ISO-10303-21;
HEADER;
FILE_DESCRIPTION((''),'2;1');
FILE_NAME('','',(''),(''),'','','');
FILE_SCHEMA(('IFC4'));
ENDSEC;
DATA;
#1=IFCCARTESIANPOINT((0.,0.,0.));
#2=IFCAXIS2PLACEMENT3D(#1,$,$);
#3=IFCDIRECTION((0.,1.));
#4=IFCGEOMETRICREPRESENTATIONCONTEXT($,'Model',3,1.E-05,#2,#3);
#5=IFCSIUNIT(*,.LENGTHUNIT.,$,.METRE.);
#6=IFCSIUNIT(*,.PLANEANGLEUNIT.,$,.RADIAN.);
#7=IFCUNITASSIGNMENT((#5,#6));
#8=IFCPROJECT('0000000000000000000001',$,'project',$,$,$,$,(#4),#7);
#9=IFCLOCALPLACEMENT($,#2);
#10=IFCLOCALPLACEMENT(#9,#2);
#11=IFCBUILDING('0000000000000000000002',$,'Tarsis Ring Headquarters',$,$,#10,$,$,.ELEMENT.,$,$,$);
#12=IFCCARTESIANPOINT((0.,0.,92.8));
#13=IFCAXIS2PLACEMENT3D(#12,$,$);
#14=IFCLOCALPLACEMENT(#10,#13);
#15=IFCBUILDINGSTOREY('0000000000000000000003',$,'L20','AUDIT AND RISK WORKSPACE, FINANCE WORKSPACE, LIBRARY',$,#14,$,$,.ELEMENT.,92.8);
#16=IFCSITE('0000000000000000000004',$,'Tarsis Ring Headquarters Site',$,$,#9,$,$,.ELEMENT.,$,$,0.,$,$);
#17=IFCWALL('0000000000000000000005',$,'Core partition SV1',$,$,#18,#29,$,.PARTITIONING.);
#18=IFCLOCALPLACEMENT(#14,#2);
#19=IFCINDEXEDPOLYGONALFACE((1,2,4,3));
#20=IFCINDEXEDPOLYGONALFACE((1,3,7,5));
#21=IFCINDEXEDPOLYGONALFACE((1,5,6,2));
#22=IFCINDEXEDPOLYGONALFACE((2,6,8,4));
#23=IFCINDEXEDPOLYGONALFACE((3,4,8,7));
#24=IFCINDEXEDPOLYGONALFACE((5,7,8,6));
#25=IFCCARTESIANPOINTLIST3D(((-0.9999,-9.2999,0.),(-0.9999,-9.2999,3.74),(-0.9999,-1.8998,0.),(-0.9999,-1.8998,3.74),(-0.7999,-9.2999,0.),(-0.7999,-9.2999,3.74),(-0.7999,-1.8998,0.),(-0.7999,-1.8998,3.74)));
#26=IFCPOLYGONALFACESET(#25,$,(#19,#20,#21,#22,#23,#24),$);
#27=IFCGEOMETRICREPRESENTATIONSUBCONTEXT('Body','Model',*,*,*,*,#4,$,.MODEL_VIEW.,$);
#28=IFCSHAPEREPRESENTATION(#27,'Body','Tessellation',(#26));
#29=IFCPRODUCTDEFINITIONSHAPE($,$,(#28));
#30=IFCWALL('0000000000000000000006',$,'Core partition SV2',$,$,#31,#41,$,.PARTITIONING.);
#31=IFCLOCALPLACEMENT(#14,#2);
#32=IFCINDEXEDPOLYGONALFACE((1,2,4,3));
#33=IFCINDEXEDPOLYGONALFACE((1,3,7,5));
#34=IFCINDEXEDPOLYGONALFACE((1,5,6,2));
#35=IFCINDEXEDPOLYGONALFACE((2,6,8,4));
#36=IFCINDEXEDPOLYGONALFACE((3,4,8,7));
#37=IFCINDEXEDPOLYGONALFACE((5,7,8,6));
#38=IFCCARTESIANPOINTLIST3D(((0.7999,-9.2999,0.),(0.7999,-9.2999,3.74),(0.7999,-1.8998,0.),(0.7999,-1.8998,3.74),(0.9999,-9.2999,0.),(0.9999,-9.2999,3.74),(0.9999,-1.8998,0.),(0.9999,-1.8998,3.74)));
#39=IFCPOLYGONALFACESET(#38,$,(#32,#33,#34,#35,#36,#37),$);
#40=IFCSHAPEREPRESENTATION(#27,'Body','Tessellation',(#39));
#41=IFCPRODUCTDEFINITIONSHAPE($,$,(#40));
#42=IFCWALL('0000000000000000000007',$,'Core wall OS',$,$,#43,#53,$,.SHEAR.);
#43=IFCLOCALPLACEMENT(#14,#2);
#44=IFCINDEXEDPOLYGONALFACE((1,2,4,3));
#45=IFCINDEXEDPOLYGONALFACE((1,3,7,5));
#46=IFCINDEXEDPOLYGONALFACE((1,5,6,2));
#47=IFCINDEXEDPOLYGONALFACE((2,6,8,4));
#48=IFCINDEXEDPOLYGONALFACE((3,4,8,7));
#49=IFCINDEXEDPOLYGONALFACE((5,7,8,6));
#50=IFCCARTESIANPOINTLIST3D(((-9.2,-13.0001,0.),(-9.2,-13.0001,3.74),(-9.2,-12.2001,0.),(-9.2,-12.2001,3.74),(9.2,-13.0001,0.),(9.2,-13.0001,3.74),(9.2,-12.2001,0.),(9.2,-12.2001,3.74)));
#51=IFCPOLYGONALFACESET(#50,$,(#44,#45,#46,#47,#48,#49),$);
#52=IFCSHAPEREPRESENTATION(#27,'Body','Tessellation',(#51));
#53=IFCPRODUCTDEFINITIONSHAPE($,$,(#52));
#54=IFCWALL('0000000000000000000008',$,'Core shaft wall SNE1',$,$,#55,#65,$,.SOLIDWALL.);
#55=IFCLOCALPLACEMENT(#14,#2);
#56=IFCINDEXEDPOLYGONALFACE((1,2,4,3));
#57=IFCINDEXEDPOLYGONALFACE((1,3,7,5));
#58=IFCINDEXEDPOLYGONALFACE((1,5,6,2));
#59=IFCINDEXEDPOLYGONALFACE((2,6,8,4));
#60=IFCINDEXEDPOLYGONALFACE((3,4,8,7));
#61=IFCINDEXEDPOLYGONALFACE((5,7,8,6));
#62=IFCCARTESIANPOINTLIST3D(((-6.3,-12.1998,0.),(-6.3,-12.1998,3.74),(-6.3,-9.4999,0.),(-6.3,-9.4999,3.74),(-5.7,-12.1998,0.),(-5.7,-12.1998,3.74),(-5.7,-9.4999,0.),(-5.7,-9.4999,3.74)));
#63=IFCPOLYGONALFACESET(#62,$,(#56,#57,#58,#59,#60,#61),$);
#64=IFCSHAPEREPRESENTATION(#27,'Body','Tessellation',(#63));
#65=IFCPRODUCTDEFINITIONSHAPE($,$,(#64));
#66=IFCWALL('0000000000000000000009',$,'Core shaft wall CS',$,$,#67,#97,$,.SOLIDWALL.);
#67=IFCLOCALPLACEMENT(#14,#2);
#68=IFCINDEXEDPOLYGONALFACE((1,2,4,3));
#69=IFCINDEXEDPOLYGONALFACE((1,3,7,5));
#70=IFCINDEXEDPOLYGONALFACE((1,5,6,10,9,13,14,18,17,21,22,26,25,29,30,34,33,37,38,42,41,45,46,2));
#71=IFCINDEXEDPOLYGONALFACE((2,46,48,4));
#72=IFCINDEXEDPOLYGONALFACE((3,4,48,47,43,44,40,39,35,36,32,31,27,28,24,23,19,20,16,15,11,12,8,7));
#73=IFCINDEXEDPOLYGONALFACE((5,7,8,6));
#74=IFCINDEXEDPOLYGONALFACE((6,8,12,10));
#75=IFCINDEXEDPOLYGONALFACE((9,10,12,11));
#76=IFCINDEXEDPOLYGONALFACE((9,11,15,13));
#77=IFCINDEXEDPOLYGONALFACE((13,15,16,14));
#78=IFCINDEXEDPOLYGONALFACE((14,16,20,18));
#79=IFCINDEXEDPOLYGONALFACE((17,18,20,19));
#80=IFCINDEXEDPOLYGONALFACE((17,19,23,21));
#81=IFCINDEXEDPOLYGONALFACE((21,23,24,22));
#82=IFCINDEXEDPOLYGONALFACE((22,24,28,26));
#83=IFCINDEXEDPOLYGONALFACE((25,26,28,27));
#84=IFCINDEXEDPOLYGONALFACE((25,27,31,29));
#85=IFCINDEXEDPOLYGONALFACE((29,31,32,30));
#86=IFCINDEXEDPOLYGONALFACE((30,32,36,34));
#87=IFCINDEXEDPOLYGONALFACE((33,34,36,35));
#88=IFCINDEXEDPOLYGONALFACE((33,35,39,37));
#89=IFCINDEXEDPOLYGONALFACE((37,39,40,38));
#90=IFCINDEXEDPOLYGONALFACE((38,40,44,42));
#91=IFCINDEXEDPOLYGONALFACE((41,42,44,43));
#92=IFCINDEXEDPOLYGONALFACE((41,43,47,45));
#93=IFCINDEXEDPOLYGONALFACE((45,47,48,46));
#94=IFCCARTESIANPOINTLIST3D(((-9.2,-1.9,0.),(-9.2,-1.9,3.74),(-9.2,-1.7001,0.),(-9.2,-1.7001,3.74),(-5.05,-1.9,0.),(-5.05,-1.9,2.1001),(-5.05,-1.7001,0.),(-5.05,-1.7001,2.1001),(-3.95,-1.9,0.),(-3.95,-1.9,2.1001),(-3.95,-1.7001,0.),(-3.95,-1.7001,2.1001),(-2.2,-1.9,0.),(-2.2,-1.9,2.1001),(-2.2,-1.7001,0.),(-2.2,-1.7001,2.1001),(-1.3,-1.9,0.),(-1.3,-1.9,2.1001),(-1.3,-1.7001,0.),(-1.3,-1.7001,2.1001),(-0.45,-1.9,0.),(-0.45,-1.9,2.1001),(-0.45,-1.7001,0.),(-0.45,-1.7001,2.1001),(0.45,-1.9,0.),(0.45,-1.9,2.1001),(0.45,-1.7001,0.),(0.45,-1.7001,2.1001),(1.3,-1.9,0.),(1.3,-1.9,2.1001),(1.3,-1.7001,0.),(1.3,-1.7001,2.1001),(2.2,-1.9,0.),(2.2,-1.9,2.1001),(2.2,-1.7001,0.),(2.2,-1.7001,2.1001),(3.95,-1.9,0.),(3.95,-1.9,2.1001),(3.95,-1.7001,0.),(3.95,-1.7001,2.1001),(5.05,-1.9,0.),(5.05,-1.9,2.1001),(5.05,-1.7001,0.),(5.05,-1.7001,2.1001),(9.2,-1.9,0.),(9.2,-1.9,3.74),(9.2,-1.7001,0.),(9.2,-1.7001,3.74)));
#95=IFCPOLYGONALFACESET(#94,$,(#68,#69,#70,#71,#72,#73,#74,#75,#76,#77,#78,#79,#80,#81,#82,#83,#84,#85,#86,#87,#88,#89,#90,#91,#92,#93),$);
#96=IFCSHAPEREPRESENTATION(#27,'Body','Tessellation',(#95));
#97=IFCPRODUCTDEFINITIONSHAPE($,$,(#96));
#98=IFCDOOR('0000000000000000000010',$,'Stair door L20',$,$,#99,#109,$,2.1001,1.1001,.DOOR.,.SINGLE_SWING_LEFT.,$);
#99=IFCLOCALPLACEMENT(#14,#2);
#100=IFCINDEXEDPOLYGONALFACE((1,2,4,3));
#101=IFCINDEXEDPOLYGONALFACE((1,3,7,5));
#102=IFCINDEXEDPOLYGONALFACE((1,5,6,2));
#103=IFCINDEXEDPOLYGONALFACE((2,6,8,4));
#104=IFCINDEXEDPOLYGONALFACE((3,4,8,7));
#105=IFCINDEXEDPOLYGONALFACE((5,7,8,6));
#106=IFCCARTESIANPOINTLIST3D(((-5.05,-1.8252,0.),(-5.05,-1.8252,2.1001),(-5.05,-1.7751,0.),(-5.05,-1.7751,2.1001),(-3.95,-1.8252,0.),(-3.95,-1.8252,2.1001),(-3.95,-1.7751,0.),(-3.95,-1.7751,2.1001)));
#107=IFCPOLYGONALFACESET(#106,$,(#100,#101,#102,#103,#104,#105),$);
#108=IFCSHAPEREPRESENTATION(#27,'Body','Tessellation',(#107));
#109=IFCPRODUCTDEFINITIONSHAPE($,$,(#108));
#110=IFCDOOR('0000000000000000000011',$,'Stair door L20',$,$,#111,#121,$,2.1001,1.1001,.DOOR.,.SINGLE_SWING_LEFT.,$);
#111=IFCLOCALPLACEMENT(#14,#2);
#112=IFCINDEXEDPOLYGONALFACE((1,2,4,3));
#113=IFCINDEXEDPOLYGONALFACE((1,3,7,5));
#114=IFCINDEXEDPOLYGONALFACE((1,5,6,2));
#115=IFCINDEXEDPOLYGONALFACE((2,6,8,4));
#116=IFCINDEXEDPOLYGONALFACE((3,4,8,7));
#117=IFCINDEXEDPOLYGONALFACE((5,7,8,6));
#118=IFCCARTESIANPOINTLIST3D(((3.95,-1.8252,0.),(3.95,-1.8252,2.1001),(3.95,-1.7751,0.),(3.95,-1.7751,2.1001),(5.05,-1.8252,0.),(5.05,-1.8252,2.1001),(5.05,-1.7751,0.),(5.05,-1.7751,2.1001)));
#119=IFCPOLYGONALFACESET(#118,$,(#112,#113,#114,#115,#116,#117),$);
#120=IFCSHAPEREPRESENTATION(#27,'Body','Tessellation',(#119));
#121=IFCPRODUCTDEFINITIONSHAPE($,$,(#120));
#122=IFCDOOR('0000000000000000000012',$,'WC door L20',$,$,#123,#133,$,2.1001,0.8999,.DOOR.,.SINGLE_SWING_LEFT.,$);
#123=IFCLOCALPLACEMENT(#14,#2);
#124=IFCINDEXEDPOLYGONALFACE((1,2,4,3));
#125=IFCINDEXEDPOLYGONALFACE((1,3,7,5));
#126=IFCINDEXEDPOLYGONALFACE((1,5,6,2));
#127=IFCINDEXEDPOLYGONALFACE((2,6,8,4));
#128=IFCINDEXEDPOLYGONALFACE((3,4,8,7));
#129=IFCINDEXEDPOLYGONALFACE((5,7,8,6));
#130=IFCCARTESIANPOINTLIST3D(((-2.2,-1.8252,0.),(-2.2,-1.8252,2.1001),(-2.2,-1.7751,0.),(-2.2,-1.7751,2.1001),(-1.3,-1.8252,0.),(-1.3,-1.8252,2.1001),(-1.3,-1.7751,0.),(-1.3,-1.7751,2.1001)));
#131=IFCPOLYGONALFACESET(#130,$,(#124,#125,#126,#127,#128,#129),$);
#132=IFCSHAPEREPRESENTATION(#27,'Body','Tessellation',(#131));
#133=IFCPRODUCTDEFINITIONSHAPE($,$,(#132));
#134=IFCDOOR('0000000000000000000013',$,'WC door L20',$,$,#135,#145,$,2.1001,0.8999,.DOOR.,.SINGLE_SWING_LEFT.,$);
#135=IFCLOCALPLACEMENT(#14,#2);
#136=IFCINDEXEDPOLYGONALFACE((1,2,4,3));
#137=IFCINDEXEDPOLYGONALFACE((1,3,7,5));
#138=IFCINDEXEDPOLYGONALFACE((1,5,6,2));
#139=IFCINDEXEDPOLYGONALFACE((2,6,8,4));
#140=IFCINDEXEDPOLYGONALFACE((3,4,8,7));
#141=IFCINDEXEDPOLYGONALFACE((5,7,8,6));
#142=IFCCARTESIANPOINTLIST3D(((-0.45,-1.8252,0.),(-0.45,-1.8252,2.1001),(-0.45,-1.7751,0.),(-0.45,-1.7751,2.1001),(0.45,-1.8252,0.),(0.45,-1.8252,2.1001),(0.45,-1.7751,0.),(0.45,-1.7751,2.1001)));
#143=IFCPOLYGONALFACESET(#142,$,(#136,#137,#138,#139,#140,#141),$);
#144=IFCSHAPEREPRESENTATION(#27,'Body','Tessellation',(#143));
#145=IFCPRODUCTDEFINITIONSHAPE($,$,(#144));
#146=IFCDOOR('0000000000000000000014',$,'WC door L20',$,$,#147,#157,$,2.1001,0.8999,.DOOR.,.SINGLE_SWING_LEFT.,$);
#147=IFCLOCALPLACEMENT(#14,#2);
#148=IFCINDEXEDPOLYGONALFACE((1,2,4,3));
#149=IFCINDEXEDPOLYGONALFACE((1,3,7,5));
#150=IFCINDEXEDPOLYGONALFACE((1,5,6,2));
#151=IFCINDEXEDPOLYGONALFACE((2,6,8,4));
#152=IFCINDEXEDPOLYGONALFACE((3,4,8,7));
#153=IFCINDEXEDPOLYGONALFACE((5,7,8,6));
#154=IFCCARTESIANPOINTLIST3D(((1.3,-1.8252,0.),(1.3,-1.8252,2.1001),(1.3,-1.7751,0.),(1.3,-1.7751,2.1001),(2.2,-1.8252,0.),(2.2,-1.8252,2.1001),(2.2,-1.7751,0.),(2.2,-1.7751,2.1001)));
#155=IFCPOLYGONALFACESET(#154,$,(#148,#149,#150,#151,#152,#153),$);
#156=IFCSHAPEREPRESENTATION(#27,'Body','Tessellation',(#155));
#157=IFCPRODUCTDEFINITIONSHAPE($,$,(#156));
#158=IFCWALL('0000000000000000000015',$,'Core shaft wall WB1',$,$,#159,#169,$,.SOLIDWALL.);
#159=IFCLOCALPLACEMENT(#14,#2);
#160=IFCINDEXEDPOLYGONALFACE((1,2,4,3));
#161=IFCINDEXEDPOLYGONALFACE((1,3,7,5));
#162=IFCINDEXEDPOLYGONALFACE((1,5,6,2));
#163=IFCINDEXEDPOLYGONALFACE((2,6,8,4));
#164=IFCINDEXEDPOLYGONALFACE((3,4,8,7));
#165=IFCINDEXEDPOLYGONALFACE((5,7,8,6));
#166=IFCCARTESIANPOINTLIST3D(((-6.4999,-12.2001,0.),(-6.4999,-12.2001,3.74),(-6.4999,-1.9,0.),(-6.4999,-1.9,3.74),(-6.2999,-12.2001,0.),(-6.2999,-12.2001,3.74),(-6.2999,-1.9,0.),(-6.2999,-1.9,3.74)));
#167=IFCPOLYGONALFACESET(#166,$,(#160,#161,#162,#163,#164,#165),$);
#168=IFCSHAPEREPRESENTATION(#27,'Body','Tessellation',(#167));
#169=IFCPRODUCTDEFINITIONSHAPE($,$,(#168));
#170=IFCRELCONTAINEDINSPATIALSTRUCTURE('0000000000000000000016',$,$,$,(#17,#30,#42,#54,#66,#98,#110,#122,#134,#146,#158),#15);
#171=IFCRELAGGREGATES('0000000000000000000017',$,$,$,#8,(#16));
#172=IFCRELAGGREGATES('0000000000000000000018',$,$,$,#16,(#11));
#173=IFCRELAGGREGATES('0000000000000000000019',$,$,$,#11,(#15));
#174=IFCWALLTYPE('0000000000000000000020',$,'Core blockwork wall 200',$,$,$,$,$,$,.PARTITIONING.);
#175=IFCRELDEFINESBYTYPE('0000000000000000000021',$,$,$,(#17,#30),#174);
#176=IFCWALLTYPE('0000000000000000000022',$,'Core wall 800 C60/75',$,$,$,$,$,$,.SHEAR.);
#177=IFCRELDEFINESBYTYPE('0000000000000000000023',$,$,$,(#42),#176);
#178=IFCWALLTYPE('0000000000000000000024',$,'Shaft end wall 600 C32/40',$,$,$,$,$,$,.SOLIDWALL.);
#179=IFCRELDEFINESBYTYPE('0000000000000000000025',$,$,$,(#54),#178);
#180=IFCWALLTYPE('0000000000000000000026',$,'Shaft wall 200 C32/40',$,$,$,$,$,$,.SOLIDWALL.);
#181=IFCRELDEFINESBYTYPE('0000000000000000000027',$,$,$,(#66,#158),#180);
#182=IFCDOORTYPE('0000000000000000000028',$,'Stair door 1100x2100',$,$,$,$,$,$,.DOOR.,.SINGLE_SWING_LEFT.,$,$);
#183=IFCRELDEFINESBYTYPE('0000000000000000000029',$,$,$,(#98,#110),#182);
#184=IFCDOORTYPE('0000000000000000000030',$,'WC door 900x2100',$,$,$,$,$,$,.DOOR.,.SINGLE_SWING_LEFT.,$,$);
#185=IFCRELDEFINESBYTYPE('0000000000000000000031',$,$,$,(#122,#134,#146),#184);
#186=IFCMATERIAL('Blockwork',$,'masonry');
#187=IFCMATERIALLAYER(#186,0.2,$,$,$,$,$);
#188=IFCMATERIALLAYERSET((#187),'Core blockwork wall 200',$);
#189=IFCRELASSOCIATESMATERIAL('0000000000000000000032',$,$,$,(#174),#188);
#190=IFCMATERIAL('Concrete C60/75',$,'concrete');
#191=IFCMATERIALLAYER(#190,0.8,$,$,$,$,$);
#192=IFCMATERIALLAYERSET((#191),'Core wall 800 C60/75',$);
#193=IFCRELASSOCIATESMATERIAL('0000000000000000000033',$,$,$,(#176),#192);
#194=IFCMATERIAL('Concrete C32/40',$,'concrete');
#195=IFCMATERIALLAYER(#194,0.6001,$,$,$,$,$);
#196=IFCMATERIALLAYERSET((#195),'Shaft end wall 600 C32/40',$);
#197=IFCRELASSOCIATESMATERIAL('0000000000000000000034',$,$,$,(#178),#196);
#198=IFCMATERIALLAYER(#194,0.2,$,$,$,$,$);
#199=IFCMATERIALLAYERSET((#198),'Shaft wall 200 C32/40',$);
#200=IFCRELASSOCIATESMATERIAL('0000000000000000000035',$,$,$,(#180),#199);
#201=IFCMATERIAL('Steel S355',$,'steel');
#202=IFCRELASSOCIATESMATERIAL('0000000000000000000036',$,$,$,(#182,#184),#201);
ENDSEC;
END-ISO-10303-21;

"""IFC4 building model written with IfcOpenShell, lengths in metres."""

from ifc_helpers import new_model, si_unit, direction, frame, frame_2d, origin, place, context, subcontext, project, spatial, rectangle, extrude, material, layer, layer_set, type_object, element, fill, save


model = new_model("IFC4")

# Units and contexts
model_context = context("Model", 3, precision=1e-05, world=origin(), true_north=direction((0.0, 1.0)))
body_context = subcontext(model_context, "Body", "Model", "MODEL_VIEW")
ifc_project = project(units=[si_unit("LENGTHUNIT", "METRE"), si_unit("PLANEANGLEUNIT", "RADIAN")], contexts=[model_context])

# Site, building, storey
site_placement = place(None, origin())
site = spatial("IfcSite", under=ifc_project, at=site_placement, Name="Tarsis Ring Headquarters Site", CompositionType="ELEMENT", RefElevation=0.0)
building_placement = place(site_placement, origin())
building = spatial("IfcBuilding", under=site, at=building_placement, Name="Tarsis Ring Headquarters", CompositionType="ELEMENT")
storey_placement = place(building_placement, frame((0.0, 0.0, 92.8)))
storey = spatial("IfcBuildingStorey", under=building, at=storey_placement, Name="L20", Description="AUDIT AND RISK WORKSPACE, FINANCE WORKSPACE, LIBRARY", CompositionType="ELEMENT", Elevation=92.8)

# Walls
ifc_material_1 = material(Name="Blockwork", Category="masonry")
ifc_layer_1 = layer(ifc_material_1, 0.2)
ifc_layer_set_1 = layer_set([ifc_layer_1], Name="Core blockwork wall 200")
wall_type_1 = type_object("IfcWallType", Name="Core blockwork wall 200", PredefinedType="PARTITIONING", material=ifc_layer_set_1)
for number, where, z_axis, x_axis, name in (
    (1, (-0.8999, -9.3, 0.0), (0.0, 0.0, 1.0), (0.0, 1.0, 0.0), "Core partition SV1"),
    (2, (0.8999, -9.3, 0.0), (0.0, 0.0, 1.0), (0.0, 1.0, 0.0), "Core partition SV2"),
):
    element("IfcWall", number, at=place(storey_placement, frame(where, z_axis=z_axis, x_axis=x_axis)), inside=storey, type_object=wall_type_1, Name=name, PredefinedType="PARTITIONING", context=body_context, shape_type="SweptSolid", body=[
        extrude(rectangle(XDim=7.4001, YDim=0.2, at=frame_2d((3.7002, 0.0))), origin(), (0.0, 0.0, 1.0), 3.74),
    ])
ifc_material_2 = material(Name="Concrete C60/75", Category="concrete")
ifc_layer_2 = layer(ifc_material_2, 0.8)
ifc_layer_set_2 = layer_set([ifc_layer_2], Name="Core wall 800 C60/75")
wall_type_2 = type_object("IfcWallType", Name="Core wall 800 C60/75", PredefinedType="SHEAR", material=ifc_layer_set_2)
wall_1_placement = place(storey_placement, frame((-9.2, -12.6001, 0.0), z_axis=(0.0, 0.0, 1.0), x_axis=(1.0, 0.0, 0.0)))
element("IfcWall", 3, at=wall_1_placement, inside=storey, type_object=wall_type_2, Name="Core wall OS", PredefinedType="SHEAR", context=body_context, shape_type="SweptSolid", body=[
    extrude(rectangle(XDim=18.3999, YDim=0.8, at=frame_2d((9.2, 0.0))), origin(), (0.0, 0.0, 1.0), 3.74),
])
ifc_material_3 = material(Name="Concrete C32/40", Category="concrete")
ifc_layer_3 = layer(ifc_material_3, 0.6001)
ifc_layer_set_3 = layer_set([ifc_layer_3], Name="Shaft end wall 600 C32/40")
wall_type_3 = type_object("IfcWallType", Name="Shaft end wall 600 C32/40", PredefinedType="SOLIDWALL", material=ifc_layer_set_3)
wall_2_placement = place(storey_placement, frame((-6.0, -12.2, 0.0), z_axis=(0.0, 0.0, 1.0), x_axis=(0.0, 1.0, 0.0)))
element("IfcWall", 4, at=wall_2_placement, inside=storey, type_object=wall_type_3, Name="Core shaft wall SNE1", PredefinedType="SOLIDWALL", context=body_context, shape_type="SweptSolid", body=[
    extrude(rectangle(XDim=2.7, YDim=0.6001, at=frame_2d((1.3501, 0.0))), origin(), (0.0, 0.0, 1.0), 3.74),
])

# Wall, openings, doors
ifc_layer_4 = layer(ifc_material_3, 0.2)
ifc_layer_set_4 = layer_set([ifc_layer_4], Name="Shaft wall 200 C32/40")
wall_type_4 = type_object("IfcWallType", Name="Shaft wall 200 C32/40", PredefinedType="SOLIDWALL", material=ifc_layer_set_4)
wall_3_placement = place(storey_placement, frame((-9.2, -1.8, 0.0), z_axis=(0.0, 0.0, 1.0), x_axis=(1.0, 0.0, 0.0)))
wall_3 = element("IfcWall", 5, at=wall_3_placement, inside=storey, type_object=wall_type_4, Name="Core shaft wall CS", PredefinedType="SOLIDWALL", context=body_context, shape_type="SweptSolid", body=[
    extrude(rectangle(XDim=18.3999, YDim=0.2, at=frame_2d((9.2, 0.0))), origin(), (0.0, 0.0, 1.0), 3.74),
])
opening_1_placement = place(wall_3_placement, frame((4.1499, 0.0, 0.0)))
opening_1 = element("IfcOpeningElement", 6, at=opening_1_placement, cuts=wall_3, PredefinedType="OPENING", context=body_context, shape_type="SweptSolid", body=[
    extrude(rectangle(XDim=1.1001, YDim=2.1001, at=frame_2d((0.55, 1.05))), frame((0.0, 0.1099, 0.0), z_axis=(0.0, -1.0, 0.0), x_axis=(1.0, 0.0, 0.0)), (0.0, 0.0, 1.0), 0.22),
])
opening_2_placement = place(wall_3_placement, frame((7.0, 0.0, 0.0)))
opening_2 = element("IfcOpeningElement", 7, at=opening_2_placement, cuts=wall_3, PredefinedType="OPENING", context=body_context, shape_type="SweptSolid", body=[
    extrude(rectangle(XDim=0.8999, YDim=2.1001, at=frame_2d((0.45, 1.05))), frame((0.0, 0.1099, 0.0), z_axis=(0.0, -1.0, 0.0), x_axis=(1.0, 0.0, 0.0)), (0.0, 0.0, 1.0), 0.22),
])
opening_3_placement = place(wall_3_placement, frame((8.75, 0.0, 0.0)))
opening_3 = element("IfcOpeningElement", 8, at=opening_3_placement, cuts=wall_3, PredefinedType="OPENING", context=body_context, shape_type="SweptSolid", body=[
    extrude(rectangle(XDim=0.8999, YDim=2.1001, at=frame_2d((0.45, 1.05))), frame((0.0, 0.1099, 0.0), z_axis=(0.0, -1.0, 0.0), x_axis=(1.0, 0.0, 0.0)), (0.0, 0.0, 1.0), 0.22),
])
opening_4_placement = place(wall_3_placement, frame((10.5, 0.0, 0.0)))
opening_4 = element("IfcOpeningElement", 9, at=opening_4_placement, cuts=wall_3, PredefinedType="OPENING", context=body_context, shape_type="SweptSolid", body=[
    extrude(rectangle(XDim=0.8999, YDim=2.1001, at=frame_2d((0.45, 1.05))), frame((0.0, 0.1099, 0.0), z_axis=(0.0, -1.0, 0.0), x_axis=(1.0, 0.0, 0.0)), (0.0, 0.0, 1.0), 0.22),
])
opening_5_placement = place(wall_3_placement, frame((13.1499, 0.0, 0.0)))
opening_5 = element("IfcOpeningElement", 10, at=opening_5_placement, cuts=wall_3, PredefinedType="OPENING", context=body_context, shape_type="SweptSolid", body=[
    extrude(rectangle(XDim=1.1001, YDim=2.1001, at=frame_2d((0.55, 1.05))), frame((0.0, 0.1099, 0.0), z_axis=(0.0, -1.0, 0.0), x_axis=(1.0, 0.0, 0.0)), (0.0, 0.0, 1.0), 0.22),
])
ifc_material_4 = material(Name="Steel S355", Category="steel")
door_type_1 = type_object("IfcDoorType", Name="Stair door 1100x2100", OperationType="SINGLE_SWING_LEFT", PredefinedType="DOOR", material=ifc_material_4)
door_1_placement = place(opening_1_placement, origin())
door_1 = element("IfcDoor", 11, at=door_1_placement, inside=storey, type_object=door_type_1, Name="Stair door L20", OperationType="SINGLE_SWING_LEFT", OverallHeight=2.1001, OverallWidth=1.1001, PredefinedType="DOOR", context=body_context, shape_type="SweptSolid", body=[
    extrude(rectangle(XDim=1.1001, YDim=2.1001, at=frame_2d((0.55, 1.05))), frame((0.0, 0.0249, 0.0), z_axis=(0.0, -1.0, 0.0), x_axis=(1.0, 0.0, 0.0)), (0.0, 0.0, 1.0), 0.05),
])
fill(opening_1, door_1)
door_2_placement = place(opening_5_placement, origin())
door_2 = element("IfcDoor", 12, at=door_2_placement, inside=storey, type_object=door_type_1, Name="Stair door L20", OperationType="SINGLE_SWING_LEFT", OverallHeight=2.1001, OverallWidth=1.1001, PredefinedType="DOOR", context=body_context, shape_type="SweptSolid", body=[
    extrude(rectangle(XDim=1.1001, YDim=2.1001, at=frame_2d((0.55, 1.05))), frame((0.0, 0.0249, 0.0), z_axis=(0.0, -1.0, 0.0), x_axis=(1.0, 0.0, 0.0)), (0.0, 0.0, 1.0), 0.05),
])
fill(opening_5, door_2)
door_type_2 = type_object("IfcDoorType", Name="WC door 900x2100", OperationType="SINGLE_SWING_LEFT", PredefinedType="DOOR", material=ifc_material_4)
door_3_placement = place(opening_2_placement, origin())
door_3 = element("IfcDoor", 13, at=door_3_placement, inside=storey, type_object=door_type_2, Name="WC door L20", OperationType="SINGLE_SWING_LEFT", OverallHeight=2.1001, OverallWidth=0.8999, PredefinedType="DOOR", context=body_context, shape_type="SweptSolid", body=[
    extrude(rectangle(XDim=0.8999, YDim=2.1001, at=frame_2d((0.45, 1.05))), frame((0.0, 0.0249, 0.0), z_axis=(0.0, -1.0, 0.0), x_axis=(1.0, 0.0, 0.0)), (0.0, 0.0, 1.0), 0.05),
])
fill(opening_2, door_3)
door_4_placement = place(opening_3_placement, origin())
door_4 = element("IfcDoor", 14, at=door_4_placement, inside=storey, type_object=door_type_2, Name="WC door L20", OperationType="SINGLE_SWING_LEFT", OverallHeight=2.1001, OverallWidth=0.8999, PredefinedType="DOOR", context=body_context, shape_type="SweptSolid", body=[
    extrude(rectangle(XDim=0.8999, YDim=2.1001, at=frame_2d((0.45, 1.05))), frame((0.0, 0.0249, 0.0), z_axis=(0.0, -1.0, 0.0), x_axis=(1.0, 0.0, 0.0)), (0.0, 0.0, 1.0), 0.05),
])
fill(opening_3, door_4)
door_5_placement = place(opening_4_placement, origin())
door_5 = element("IfcDoor", 15, at=door_5_placement, inside=storey, type_object=door_type_2, Name="WC door L20", OperationType="SINGLE_SWING_LEFT", OverallHeight=2.1001, OverallWidth=0.8999, PredefinedType="DOOR", context=body_context, shape_type="SweptSolid", body=[
    extrude(rectangle(XDim=0.8999, YDim=2.1001, at=frame_2d((0.45, 1.05))), frame((0.0, 0.0249, 0.0), z_axis=(0.0, -1.0, 0.0), x_axis=(1.0, 0.0, 0.0)), (0.0, 0.0, 1.0), 0.05),
])
fill(opening_4, door_5)

# Wall
wall_4_placement = place(storey_placement, frame((-6.3999, -12.2, 0.0), z_axis=(0.0, 0.0, 1.0), x_axis=(0.0, 1.0, 0.0)))
element("IfcWall", 16, at=wall_4_placement, inside=storey, type_object=wall_type_4, Name="Core shaft wall WB1", PredefinedType="SOLIDWALL", context=body_context, shape_type="SweptSolid", body=[
    extrude(rectangle(XDim=10.3, YDim=0.2, at=frame_2d((5.1499, 0.0))), origin(), (0.0, 0.0, 1.0), 3.74),
])

save(model, "model.ifc")
